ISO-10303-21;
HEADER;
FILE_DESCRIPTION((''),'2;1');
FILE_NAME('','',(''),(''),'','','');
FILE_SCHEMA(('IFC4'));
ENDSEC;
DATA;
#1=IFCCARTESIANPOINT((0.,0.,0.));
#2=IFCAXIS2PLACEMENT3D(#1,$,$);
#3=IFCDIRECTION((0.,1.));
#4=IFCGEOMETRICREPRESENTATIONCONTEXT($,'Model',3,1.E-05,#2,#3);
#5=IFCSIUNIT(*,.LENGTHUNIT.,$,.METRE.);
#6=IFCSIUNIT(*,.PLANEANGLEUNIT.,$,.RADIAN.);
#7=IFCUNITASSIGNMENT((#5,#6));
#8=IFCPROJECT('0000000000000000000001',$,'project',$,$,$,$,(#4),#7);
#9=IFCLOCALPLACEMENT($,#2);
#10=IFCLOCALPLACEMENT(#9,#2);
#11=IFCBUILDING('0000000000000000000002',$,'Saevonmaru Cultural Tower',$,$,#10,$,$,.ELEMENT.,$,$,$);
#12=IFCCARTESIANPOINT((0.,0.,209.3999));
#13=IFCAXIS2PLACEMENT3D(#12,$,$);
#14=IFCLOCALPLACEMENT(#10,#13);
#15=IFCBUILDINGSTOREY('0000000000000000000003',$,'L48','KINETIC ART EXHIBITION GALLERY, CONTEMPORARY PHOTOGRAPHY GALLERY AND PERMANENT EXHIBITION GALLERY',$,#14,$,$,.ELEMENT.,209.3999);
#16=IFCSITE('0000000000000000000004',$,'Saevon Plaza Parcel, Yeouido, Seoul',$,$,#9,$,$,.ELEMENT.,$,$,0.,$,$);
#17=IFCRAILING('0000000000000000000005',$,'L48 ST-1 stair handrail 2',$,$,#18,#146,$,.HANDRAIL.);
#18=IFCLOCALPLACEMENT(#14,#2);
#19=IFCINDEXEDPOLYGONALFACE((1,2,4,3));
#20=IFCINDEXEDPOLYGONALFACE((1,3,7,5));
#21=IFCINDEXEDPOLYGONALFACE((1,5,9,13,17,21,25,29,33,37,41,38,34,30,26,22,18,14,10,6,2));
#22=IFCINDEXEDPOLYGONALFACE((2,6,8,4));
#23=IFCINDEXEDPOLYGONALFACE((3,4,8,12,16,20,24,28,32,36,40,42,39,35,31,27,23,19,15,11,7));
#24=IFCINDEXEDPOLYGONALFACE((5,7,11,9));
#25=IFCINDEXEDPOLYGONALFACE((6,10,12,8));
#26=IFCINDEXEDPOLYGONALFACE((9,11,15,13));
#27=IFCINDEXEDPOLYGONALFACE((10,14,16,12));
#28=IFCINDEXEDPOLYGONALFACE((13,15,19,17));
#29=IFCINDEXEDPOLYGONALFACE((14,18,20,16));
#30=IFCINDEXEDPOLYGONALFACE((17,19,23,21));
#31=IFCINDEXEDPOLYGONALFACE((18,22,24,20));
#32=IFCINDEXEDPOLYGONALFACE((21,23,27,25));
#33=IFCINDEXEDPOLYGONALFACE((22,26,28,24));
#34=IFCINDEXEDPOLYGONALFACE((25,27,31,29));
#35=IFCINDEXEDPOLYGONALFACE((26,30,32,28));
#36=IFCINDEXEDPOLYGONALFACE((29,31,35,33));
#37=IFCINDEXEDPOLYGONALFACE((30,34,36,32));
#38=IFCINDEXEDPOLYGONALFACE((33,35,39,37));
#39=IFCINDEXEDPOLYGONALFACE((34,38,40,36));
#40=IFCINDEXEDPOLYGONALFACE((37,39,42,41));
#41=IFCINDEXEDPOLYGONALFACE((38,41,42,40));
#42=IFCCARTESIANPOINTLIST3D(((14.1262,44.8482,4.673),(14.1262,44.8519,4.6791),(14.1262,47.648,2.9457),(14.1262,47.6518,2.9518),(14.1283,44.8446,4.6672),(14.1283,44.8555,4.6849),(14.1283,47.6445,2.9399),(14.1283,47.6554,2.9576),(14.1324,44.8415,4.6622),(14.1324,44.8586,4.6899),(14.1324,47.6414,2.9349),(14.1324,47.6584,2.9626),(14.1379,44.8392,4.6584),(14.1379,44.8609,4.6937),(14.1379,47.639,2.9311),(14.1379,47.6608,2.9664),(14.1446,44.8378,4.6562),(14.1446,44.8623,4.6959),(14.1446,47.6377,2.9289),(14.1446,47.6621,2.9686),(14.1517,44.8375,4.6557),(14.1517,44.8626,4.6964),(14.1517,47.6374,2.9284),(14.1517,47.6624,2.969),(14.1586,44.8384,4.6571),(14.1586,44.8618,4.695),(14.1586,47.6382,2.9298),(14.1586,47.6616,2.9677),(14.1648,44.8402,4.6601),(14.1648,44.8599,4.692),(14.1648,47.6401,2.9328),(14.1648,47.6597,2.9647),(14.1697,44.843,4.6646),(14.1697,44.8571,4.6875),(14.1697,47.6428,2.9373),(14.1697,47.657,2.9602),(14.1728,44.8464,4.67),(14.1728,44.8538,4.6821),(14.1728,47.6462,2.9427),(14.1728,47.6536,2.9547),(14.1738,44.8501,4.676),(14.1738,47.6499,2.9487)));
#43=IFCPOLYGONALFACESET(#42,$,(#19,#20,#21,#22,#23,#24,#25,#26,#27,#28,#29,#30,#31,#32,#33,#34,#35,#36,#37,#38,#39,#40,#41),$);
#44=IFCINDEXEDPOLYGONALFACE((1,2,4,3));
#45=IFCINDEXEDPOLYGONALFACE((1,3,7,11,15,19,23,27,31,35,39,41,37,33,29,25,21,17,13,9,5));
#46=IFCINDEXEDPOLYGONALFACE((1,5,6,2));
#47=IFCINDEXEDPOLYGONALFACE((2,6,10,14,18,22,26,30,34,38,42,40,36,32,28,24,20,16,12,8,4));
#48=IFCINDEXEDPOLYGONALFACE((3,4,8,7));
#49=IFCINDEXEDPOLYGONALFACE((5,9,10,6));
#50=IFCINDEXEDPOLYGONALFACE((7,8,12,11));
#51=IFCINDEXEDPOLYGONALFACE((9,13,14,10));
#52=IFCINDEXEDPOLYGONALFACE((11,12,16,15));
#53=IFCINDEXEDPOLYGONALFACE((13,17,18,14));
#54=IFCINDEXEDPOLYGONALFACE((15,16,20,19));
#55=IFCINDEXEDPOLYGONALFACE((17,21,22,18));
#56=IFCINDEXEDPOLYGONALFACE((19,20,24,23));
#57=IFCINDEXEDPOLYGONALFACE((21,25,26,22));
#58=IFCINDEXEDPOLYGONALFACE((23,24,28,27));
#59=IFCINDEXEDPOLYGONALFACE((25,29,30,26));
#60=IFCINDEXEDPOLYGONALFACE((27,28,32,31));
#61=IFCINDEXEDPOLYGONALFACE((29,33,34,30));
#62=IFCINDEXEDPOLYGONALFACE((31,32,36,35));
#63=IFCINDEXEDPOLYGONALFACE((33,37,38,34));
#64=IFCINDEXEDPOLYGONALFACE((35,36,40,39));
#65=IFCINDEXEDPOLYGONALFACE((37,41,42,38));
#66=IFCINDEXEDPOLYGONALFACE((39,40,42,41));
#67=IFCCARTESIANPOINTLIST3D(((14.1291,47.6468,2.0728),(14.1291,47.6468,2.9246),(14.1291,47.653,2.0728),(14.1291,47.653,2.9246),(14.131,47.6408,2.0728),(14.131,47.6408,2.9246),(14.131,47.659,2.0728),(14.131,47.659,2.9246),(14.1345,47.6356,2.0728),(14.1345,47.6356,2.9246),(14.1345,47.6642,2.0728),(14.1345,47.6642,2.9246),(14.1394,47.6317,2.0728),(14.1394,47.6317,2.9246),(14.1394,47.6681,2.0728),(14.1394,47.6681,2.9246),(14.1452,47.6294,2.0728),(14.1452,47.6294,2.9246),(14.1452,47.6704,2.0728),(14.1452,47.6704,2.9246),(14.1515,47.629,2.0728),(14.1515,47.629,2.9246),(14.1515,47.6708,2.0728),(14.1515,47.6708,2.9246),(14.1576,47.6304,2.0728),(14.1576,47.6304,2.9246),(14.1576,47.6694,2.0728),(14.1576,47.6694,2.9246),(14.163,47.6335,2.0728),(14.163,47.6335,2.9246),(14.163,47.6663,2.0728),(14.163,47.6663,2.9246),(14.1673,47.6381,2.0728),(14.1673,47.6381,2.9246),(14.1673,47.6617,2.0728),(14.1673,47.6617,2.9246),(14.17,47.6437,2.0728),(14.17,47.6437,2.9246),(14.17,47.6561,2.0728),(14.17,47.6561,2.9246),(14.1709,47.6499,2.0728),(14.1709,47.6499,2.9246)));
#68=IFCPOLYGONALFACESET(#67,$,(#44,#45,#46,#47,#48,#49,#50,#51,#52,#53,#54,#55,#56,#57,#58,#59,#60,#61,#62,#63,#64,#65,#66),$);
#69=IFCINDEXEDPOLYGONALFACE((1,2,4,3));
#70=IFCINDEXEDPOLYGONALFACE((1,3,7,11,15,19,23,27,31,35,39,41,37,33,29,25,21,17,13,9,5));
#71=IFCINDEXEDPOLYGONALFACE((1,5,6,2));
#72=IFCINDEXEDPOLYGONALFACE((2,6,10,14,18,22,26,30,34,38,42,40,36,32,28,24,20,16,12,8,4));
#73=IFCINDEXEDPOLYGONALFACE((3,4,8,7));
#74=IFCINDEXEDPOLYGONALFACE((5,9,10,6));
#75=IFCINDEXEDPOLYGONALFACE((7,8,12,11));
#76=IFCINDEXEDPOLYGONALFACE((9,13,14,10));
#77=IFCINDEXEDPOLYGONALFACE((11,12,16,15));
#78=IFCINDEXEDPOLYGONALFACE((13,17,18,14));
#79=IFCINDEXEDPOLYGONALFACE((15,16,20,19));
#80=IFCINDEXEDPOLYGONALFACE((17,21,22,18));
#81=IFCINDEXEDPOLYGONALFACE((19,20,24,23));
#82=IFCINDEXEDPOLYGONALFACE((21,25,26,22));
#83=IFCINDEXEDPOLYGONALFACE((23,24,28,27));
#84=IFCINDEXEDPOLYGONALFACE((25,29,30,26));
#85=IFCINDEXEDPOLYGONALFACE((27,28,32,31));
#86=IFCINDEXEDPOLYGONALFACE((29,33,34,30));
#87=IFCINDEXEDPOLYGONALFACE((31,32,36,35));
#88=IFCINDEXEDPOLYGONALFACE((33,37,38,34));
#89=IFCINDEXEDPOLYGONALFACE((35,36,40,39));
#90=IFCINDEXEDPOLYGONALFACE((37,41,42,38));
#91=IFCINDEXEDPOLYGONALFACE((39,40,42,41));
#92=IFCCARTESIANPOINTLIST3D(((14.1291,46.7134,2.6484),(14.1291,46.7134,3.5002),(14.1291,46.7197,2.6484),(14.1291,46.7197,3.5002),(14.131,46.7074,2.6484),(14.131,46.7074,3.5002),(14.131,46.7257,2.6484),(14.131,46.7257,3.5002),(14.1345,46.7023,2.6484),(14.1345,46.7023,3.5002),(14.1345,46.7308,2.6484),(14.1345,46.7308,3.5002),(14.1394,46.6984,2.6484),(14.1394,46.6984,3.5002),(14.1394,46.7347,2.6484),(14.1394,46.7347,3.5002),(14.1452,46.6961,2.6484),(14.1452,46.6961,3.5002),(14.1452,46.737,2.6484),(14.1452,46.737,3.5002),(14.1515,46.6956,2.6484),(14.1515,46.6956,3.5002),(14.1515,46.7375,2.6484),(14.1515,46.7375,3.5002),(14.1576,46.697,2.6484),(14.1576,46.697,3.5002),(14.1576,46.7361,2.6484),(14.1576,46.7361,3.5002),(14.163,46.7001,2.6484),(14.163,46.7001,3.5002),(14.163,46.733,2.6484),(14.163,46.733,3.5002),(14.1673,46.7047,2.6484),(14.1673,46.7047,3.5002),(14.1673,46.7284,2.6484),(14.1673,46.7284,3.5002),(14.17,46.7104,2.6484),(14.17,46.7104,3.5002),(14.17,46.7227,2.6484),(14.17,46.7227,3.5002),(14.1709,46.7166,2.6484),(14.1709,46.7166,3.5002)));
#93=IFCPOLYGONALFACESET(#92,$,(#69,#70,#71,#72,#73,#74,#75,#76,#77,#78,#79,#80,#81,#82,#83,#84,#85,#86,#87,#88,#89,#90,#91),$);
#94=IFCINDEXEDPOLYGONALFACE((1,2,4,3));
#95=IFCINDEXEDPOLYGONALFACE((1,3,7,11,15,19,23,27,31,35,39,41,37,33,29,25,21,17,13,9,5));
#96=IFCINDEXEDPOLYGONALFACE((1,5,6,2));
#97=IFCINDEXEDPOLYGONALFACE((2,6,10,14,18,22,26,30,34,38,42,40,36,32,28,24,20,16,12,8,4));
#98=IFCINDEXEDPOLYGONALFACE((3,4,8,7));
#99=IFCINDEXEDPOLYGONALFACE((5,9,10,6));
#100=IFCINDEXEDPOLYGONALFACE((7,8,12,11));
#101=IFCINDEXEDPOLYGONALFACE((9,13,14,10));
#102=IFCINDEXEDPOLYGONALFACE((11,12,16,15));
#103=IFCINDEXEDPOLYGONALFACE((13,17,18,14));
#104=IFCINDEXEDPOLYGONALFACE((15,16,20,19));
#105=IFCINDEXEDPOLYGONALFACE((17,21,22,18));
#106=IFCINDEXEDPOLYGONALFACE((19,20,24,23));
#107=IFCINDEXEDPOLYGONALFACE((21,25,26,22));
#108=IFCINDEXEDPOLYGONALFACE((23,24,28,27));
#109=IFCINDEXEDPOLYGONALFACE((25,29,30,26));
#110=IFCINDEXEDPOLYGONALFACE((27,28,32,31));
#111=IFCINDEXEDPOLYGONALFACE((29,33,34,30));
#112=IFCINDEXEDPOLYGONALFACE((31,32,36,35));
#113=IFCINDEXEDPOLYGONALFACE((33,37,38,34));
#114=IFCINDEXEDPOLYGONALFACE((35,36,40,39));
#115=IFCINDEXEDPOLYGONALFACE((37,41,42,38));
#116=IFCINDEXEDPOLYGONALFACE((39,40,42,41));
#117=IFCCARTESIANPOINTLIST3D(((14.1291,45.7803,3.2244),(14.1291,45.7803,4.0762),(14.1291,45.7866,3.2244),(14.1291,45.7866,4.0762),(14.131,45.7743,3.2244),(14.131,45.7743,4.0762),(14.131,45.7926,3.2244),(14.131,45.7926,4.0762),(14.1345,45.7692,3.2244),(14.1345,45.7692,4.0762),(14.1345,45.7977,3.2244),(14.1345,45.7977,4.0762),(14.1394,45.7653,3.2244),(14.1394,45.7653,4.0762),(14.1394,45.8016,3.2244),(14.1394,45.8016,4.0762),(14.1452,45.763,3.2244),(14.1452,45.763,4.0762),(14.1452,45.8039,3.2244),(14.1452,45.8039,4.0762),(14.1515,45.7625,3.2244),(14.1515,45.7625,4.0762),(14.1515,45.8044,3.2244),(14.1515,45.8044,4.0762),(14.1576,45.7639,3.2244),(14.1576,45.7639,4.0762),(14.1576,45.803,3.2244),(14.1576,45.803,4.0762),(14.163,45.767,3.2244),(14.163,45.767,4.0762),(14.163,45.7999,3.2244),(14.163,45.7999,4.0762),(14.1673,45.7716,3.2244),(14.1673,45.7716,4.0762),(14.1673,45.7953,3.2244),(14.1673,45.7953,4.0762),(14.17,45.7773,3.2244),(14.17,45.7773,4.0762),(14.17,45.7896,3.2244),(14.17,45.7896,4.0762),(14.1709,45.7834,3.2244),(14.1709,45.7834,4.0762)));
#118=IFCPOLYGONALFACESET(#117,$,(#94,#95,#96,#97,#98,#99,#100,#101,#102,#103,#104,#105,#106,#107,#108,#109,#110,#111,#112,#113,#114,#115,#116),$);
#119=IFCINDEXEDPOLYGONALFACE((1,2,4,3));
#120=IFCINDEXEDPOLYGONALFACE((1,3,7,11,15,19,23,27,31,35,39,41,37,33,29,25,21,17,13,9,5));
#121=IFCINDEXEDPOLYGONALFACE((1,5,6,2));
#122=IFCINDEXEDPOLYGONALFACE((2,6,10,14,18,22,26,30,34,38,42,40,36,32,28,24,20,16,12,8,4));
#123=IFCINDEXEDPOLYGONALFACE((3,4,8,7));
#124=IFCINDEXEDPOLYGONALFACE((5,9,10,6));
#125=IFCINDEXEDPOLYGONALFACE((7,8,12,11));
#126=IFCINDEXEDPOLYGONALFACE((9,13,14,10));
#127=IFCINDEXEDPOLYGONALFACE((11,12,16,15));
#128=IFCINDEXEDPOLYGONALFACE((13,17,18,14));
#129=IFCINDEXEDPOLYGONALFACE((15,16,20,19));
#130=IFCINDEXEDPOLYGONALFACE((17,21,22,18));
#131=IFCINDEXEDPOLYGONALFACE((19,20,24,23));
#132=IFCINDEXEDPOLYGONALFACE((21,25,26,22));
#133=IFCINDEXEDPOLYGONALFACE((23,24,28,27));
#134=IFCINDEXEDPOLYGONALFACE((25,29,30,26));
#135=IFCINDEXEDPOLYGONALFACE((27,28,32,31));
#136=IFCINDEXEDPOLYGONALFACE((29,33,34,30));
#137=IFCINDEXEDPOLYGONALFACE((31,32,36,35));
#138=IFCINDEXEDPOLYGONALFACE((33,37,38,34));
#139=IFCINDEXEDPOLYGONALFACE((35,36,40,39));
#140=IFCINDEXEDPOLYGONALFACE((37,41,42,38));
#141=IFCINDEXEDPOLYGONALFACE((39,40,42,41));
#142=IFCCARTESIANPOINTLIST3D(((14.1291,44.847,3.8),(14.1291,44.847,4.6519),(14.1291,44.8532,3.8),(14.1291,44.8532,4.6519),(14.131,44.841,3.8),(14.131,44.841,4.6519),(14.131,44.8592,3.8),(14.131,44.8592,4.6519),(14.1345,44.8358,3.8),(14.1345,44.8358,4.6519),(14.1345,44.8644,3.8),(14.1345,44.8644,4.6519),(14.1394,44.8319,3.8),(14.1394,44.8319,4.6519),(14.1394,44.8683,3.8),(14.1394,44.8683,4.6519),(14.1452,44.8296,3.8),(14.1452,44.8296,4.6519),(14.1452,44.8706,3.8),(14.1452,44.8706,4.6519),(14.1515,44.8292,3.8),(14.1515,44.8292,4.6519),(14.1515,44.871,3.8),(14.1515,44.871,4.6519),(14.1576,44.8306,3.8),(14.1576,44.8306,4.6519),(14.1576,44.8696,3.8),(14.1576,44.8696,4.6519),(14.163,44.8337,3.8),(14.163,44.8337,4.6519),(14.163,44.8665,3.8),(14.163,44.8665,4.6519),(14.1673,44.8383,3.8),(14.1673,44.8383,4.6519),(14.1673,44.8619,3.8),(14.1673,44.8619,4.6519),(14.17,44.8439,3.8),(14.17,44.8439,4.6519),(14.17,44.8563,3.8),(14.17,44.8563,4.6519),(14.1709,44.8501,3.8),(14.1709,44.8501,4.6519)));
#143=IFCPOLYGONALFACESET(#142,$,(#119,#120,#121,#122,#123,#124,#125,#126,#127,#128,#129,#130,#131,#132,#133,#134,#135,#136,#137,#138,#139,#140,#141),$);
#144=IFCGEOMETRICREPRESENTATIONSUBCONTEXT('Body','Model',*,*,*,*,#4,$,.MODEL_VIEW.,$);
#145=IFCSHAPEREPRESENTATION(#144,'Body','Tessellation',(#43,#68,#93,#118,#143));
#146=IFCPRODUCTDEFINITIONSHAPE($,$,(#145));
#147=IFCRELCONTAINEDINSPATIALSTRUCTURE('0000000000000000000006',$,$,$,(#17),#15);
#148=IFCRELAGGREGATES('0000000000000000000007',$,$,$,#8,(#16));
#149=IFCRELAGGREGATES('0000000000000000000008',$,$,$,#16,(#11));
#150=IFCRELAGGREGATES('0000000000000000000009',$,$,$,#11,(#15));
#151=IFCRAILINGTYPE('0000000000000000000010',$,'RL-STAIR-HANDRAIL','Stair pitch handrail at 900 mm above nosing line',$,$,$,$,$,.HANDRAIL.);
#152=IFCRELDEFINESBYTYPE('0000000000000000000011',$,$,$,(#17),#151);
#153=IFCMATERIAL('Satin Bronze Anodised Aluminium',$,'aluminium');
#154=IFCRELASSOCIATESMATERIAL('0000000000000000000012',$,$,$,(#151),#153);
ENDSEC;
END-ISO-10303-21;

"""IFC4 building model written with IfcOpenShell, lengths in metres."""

from ifc_helpers import new_model, si_unit, direction, frame, origin, origin_2d, place, context, subcontext, project, spatial, circle, extrude, material, type_object, element, save


model = new_model("IFC4")

# Units and contexts
model_context = context("Model", 3, precision=1e-05, world=origin(), true_north=direction((0.0, 1.0)))
body_context = subcontext(model_context, "Body", "Model", "MODEL_VIEW")
ifc_project = project(units=[si_unit("LENGTHUNIT", "METRE"), si_unit("PLANEANGLEUNIT", "RADIAN")], contexts=[model_context])

# Site, building, storey
site_placement = place(None, origin())
site = spatial("IfcSite", under=ifc_project, at=site_placement, Name="Saevon Plaza Parcel, Yeouido, Seoul", CompositionType="ELEMENT", RefElevation=0.0)
building_placement = place(site_placement, origin())
building = spatial("IfcBuilding", under=site, at=building_placement, Name="Saevonmaru Cultural Tower", CompositionType="ELEMENT")
storey_placement = place(building_placement, frame((0.0, 0.0, 209.3999)))
storey = spatial("IfcBuildingStorey", under=building, at=storey_placement, Name="L48", Description="KINETIC ART EXHIBITION GALLERY, CONTEMPORARY PHOTOGRAPHY GALLERY AND PERMANENT EXHIBITION GALLERY", CompositionType="ELEMENT", Elevation=209.3999)

# Shared definitions
ifc_material_1 = material(Name="Satin Bronze Anodised Aluminium", Category="aluminium")

# Railing
railing_type_1 = type_object("IfcRailingType", Name="RL-STAIR-HANDRAIL", Description="Stair pitch handrail at 900 mm above nosing line", PredefinedType="HANDRAIL", material=ifc_material_1)
railing_1_placement = place(storey_placement, frame((14.1499, 47.6499, 2.0728)))
element("IfcRailing", 1, at=railing_1_placement, inside=storey, type_object=railing_type_1, Name="L48 ST-1 stair handrail 2", PredefinedType="HANDRAIL", context=body_context, shape_type="SweptSolid", body=[
    extrude(circle(Radius=0.0239, at=origin_2d()), frame((0.0, 0.0, 0.876), z_axis=(0.0, -0.851069, 0.525054), x_axis=(1.0, 0.0, 0.0)), (0.0, 0.0, 1.0), 3.2898),
    extrude(circle(Radius=0.021, at=origin_2d()), origin(), (0.0, 0.0, 1.0), 0.8518),
    extrude(circle(Radius=0.021, at=origin_2d()), frame((0.0, -0.9333, 0.5757)), (0.0, 0.0, 1.0), 0.8518),
    extrude(circle(Radius=0.021, at=origin_2d()), frame((0.0, -1.8665, 1.1516)), (0.0, 0.0, 1.0), 0.8518),
    extrude(circle(Radius=0.021, at=origin_2d()), frame((0.0, -2.7998, 1.7273)), (0.0, 0.0, 1.0), 0.8518),
])

save(model, "model.ifc")
